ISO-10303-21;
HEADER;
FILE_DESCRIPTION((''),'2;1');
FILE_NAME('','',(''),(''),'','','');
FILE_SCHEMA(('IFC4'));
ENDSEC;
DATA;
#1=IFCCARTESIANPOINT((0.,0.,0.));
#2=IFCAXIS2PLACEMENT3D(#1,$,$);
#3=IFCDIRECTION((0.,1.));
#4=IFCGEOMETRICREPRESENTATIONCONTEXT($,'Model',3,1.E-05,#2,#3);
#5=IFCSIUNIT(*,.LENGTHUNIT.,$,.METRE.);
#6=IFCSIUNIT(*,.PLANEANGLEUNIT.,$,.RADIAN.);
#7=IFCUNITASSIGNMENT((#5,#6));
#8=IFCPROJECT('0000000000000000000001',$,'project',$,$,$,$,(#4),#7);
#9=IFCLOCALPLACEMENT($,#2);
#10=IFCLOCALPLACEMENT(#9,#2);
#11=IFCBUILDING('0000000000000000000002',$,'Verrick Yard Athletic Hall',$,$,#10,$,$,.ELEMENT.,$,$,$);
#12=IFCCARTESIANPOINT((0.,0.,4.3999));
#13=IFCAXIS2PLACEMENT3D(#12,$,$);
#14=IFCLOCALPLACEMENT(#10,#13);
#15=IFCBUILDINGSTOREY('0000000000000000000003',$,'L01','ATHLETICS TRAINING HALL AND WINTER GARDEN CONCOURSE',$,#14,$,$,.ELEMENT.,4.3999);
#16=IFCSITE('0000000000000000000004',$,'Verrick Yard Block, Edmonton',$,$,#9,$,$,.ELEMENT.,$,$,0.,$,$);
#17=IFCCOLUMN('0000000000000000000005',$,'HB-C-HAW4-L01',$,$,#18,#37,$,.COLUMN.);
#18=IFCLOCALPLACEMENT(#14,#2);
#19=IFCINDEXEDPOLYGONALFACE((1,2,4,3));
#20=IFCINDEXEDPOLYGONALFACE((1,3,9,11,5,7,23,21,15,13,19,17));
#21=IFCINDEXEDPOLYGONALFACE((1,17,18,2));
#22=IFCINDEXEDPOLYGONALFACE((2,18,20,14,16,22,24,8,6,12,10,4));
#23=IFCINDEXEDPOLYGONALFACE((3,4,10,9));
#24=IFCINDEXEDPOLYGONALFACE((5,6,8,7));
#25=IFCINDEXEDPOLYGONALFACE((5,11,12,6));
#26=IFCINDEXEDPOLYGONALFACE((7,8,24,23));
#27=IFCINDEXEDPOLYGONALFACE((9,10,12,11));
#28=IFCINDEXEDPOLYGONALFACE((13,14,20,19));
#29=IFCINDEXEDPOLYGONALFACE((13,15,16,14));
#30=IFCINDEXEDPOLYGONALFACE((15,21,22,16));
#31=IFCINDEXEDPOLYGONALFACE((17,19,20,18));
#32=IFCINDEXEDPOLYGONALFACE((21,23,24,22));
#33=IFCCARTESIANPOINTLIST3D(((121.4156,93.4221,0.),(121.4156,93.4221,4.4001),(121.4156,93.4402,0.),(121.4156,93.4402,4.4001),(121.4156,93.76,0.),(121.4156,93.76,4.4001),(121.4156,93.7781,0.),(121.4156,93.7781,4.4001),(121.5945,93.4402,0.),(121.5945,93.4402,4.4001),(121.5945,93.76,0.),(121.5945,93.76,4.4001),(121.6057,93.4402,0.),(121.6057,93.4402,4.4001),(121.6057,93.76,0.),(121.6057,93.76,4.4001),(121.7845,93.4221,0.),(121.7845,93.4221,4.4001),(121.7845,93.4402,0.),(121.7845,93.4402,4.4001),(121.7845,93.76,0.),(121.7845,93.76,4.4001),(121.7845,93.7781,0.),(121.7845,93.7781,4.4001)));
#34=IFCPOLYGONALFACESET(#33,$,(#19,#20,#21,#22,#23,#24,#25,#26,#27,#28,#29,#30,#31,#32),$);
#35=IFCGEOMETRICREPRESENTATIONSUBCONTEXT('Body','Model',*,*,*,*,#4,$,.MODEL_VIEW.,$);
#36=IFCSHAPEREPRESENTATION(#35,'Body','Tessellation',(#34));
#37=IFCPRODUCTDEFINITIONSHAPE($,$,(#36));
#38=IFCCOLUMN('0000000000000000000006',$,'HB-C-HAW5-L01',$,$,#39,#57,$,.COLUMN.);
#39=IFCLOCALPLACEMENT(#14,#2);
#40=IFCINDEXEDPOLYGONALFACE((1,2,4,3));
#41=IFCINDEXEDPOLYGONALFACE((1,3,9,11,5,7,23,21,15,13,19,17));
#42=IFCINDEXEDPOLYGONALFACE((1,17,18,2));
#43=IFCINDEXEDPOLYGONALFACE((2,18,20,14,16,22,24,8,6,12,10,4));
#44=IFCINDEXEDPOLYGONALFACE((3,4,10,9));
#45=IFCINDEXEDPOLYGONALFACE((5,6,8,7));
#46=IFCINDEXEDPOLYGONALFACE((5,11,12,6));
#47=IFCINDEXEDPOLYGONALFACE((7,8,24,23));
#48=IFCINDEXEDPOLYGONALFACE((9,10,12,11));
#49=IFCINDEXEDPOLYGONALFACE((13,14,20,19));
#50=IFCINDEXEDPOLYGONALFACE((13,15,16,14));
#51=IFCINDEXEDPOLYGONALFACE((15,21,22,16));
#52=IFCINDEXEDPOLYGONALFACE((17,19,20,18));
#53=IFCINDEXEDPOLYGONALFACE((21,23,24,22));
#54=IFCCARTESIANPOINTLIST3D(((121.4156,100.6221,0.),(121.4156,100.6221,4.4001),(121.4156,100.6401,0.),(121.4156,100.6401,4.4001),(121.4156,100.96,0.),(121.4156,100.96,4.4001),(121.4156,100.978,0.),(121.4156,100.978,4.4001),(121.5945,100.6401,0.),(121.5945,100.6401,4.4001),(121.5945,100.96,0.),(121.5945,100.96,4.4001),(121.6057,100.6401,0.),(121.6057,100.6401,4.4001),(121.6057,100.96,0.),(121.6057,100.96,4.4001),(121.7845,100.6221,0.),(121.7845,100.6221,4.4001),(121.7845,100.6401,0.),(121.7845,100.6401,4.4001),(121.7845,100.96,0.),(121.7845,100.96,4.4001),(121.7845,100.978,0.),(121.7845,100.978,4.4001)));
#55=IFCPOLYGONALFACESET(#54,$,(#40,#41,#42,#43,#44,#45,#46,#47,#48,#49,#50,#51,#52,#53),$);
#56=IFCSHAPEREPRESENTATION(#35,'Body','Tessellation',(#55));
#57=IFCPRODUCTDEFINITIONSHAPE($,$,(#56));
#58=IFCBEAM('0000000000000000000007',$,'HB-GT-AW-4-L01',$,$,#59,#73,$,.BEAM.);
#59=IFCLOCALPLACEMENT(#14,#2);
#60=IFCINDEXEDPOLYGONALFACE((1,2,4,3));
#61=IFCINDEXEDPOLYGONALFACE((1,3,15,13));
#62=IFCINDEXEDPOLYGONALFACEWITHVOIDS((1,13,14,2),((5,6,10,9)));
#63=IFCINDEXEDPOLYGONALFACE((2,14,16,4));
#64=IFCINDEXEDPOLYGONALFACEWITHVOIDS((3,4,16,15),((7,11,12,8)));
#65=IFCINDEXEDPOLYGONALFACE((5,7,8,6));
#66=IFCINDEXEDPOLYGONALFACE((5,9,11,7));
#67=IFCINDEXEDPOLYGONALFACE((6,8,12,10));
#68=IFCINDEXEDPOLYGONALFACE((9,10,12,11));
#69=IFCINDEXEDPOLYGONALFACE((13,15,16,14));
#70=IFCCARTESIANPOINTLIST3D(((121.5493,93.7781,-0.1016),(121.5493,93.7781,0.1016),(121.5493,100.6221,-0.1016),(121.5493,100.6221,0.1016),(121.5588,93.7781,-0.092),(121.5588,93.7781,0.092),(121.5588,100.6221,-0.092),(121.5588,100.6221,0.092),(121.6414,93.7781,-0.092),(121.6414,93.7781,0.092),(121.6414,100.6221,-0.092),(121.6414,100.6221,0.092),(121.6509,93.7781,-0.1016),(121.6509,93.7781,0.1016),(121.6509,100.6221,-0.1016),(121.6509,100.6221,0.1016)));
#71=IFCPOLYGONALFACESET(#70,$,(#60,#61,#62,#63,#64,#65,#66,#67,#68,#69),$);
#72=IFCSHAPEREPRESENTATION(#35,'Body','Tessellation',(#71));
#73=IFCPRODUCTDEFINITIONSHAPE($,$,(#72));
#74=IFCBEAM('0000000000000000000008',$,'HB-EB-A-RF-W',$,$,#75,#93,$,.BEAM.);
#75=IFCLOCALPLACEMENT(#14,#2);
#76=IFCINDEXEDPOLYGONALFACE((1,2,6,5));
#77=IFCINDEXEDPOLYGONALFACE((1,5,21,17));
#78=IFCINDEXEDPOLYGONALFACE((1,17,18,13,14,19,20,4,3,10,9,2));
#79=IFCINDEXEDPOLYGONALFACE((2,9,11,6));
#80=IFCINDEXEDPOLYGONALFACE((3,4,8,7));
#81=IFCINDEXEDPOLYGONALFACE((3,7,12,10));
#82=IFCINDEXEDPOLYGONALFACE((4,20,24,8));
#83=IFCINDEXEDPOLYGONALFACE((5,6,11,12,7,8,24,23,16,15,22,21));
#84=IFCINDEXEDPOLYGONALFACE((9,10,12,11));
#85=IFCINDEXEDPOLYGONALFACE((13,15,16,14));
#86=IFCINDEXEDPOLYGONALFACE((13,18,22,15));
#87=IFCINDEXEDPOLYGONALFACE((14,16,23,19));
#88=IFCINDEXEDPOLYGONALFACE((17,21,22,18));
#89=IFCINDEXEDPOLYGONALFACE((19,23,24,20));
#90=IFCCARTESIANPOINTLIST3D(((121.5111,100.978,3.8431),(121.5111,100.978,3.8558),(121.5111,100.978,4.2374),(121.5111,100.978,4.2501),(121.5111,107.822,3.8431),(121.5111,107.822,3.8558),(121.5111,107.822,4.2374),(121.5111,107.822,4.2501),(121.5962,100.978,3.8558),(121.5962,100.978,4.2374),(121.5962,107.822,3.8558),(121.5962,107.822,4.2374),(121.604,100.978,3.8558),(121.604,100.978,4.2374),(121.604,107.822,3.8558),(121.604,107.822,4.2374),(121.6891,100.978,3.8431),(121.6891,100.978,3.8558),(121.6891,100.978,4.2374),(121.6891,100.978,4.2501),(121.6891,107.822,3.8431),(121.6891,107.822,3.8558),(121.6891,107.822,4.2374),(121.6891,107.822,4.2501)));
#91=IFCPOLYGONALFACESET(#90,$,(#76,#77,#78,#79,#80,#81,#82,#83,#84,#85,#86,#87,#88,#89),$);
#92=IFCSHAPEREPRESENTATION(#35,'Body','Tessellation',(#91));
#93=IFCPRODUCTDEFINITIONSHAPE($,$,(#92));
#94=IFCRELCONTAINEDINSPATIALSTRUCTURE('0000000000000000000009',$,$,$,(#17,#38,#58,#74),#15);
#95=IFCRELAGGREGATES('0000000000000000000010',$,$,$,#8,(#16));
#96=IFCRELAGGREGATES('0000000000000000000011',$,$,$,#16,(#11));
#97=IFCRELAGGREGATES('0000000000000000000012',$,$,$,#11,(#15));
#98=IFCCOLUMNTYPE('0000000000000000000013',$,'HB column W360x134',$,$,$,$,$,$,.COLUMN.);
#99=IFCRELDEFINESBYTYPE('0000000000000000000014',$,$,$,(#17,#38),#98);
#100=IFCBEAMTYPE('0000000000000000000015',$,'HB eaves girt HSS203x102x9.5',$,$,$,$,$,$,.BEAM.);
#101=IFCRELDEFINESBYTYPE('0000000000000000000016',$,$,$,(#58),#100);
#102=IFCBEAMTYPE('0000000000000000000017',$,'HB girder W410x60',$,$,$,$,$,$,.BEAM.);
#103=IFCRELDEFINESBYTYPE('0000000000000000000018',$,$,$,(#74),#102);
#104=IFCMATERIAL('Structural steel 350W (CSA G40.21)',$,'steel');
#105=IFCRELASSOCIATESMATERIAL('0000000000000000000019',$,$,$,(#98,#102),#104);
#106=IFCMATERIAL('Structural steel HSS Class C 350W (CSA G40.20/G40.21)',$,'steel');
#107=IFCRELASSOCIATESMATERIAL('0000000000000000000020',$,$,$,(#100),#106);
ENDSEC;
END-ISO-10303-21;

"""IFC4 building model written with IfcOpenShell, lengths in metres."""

from ifc_helpers import new_model, si_unit, direction, frame, origin, origin_2d, place, context, subcontext, project, spatial, hollow_rectangle, i_section, extrude, material, material_profile, profile_set, type_object, element, save


model = new_model("IFC4")

# Units and contexts
model_context = context("Model", 3, precision=1e-05, world=origin(), true_north=direction((0.0, 1.0)))
body_context = subcontext(model_context, "Body", "Model", "MODEL_VIEW")
ifc_project = project(units=[si_unit("LENGTHUNIT", "METRE"), si_unit("PLANEANGLEUNIT", "RADIAN")], contexts=[model_context])

# Site, building, storey
site_placement = place(None, origin())
site = spatial("IfcSite", under=ifc_project, at=site_placement, Name="Verrick Yard Block, Edmonton", CompositionType="ELEMENT", RefElevation=0.0)
building_placement = place(site_placement, origin())
building = spatial("IfcBuilding", under=site, at=building_placement, Name="Verrick Yard Athletic Hall", CompositionType="ELEMENT")
storey_placement = place(building_placement, frame((0.0, 0.0, 4.3999)))
storey = spatial("IfcBuildingStorey", under=building, at=storey_placement, Name="L01", Description="ATHLETICS TRAINING HALL AND WINTER GARDEN CONCOURSE", CompositionType="ELEMENT", Elevation=4.3999)

# Columns
ifc_material_1 = material(Name="Structural steel 350W (CSA G40.21)", Category="steel")
ifc_material_profile_1 = material_profile(ifc_material_1, i_section(OverallWidth=0.3689, OverallDepth=0.356, WebThickness=0.0112, FlangeThickness=0.0181, at=origin_2d()), Name="W360x134")
ifc_profile_set_1 = profile_set([ifc_material_profile_1], Name="Structural steel 350W (CSA G40.21)")
column_type = type_object("IfcColumnType", Name="HB column W360x134", PredefinedType="COLUMN", material=ifc_profile_set_1)
for number, where, z_axis, x_axis, name in (
    (1, (121.6001, 93.6001, 0.0), (0.0, 0.0, 1.0), (1.0, 0.0, 0.0), "HB-C-HAW4-L01"),
    (2, (121.6001, 100.8, 0.0), (0.0, 0.0, 1.0), (1.0, 0.0, 0.0), "HB-C-HAW5-L01"),
):
    element("IfcColumn", number, at=place(storey_placement, frame(where, z_axis=z_axis, x_axis=x_axis)), inside=storey, type_object=column_type, Name=name, PredefinedType="COLUMN", context=body_context, shape_type="SweptSolid", body=[
        extrude(i_section(OverallWidth=0.3689, OverallDepth=0.356, WebThickness=0.0112, FlangeThickness=0.0181, at=origin_2d()), origin(), (0.0, 0.0, 1.0), 4.4001),
    ])

# Beams
ifc_material_2 = material(Name="Structural steel HSS Class C 350W (CSA G40.20/G40.21)", Category="steel")
ifc_material_profile_2 = material_profile(ifc_material_2, hollow_rectangle(XDim=0.1016, YDim=0.2031, WallThickness=0.0095, at=origin_2d()), Name="HSS203x102x9.5")
ifc_profile_set_2 = profile_set([ifc_material_profile_2], Name="Structural steel HSS Class C 350W (CSA G40.20/G40.21)")
beam_type_1 = type_object("IfcBeamType", Name="HB eaves girt HSS203x102x9.5", PredefinedType="BEAM", material=ifc_profile_set_2)
beam_1_placement = place(storey_placement, frame((121.6001, 93.7781, 0.0), z_axis=(0.0, 1.0, 0.0), x_axis=(-1.0, 0.0, 0.0)))
element("IfcBeam", 3, at=beam_1_placement, inside=storey, type_object=beam_type_1, Name="HB-GT-AW-4-L01", PredefinedType="BEAM", context=body_context, shape_type="SweptSolid", body=[
    extrude(hollow_rectangle(XDim=0.1016, YDim=0.2031, WallThickness=0.0095, at=origin_2d()), origin(), (0.0, 0.0, 1.0), 6.844),
])
ifc_material_profile_3 = material_profile(ifc_material_1, i_section(OverallWidth=0.178, OverallDepth=0.407, WebThickness=0.0078, FlangeThickness=0.0127, at=origin_2d()), Name="W410x60")
ifc_profile_set_3 = profile_set([ifc_material_profile_3], Name="Structural steel 350W (CSA G40.21)")
beam_type_2 = type_object("IfcBeamType", Name="HB girder W410x60", PredefinedType="BEAM", material=ifc_profile_set_3)
beam_2_placement = place(storey_placement, frame((121.6001, 100.978, 4.0466), z_axis=(0.0, 1.0, 0.0), x_axis=(-1.0, 0.0, 0.0)))
element("IfcBeam", 4, at=beam_2_placement, inside=storey, type_object=beam_type_2, Name="HB-EB-A-RF-W", PredefinedType="BEAM", context=body_context, shape_type="SweptSolid", body=[
    extrude(i_section(OverallWidth=0.178, OverallDepth=0.407, WebThickness=0.0078, FlangeThickness=0.0127, at=origin_2d()), origin(), (0.0, 0.0, 1.0), 6.844),
])

save(model, "model.ifc")
